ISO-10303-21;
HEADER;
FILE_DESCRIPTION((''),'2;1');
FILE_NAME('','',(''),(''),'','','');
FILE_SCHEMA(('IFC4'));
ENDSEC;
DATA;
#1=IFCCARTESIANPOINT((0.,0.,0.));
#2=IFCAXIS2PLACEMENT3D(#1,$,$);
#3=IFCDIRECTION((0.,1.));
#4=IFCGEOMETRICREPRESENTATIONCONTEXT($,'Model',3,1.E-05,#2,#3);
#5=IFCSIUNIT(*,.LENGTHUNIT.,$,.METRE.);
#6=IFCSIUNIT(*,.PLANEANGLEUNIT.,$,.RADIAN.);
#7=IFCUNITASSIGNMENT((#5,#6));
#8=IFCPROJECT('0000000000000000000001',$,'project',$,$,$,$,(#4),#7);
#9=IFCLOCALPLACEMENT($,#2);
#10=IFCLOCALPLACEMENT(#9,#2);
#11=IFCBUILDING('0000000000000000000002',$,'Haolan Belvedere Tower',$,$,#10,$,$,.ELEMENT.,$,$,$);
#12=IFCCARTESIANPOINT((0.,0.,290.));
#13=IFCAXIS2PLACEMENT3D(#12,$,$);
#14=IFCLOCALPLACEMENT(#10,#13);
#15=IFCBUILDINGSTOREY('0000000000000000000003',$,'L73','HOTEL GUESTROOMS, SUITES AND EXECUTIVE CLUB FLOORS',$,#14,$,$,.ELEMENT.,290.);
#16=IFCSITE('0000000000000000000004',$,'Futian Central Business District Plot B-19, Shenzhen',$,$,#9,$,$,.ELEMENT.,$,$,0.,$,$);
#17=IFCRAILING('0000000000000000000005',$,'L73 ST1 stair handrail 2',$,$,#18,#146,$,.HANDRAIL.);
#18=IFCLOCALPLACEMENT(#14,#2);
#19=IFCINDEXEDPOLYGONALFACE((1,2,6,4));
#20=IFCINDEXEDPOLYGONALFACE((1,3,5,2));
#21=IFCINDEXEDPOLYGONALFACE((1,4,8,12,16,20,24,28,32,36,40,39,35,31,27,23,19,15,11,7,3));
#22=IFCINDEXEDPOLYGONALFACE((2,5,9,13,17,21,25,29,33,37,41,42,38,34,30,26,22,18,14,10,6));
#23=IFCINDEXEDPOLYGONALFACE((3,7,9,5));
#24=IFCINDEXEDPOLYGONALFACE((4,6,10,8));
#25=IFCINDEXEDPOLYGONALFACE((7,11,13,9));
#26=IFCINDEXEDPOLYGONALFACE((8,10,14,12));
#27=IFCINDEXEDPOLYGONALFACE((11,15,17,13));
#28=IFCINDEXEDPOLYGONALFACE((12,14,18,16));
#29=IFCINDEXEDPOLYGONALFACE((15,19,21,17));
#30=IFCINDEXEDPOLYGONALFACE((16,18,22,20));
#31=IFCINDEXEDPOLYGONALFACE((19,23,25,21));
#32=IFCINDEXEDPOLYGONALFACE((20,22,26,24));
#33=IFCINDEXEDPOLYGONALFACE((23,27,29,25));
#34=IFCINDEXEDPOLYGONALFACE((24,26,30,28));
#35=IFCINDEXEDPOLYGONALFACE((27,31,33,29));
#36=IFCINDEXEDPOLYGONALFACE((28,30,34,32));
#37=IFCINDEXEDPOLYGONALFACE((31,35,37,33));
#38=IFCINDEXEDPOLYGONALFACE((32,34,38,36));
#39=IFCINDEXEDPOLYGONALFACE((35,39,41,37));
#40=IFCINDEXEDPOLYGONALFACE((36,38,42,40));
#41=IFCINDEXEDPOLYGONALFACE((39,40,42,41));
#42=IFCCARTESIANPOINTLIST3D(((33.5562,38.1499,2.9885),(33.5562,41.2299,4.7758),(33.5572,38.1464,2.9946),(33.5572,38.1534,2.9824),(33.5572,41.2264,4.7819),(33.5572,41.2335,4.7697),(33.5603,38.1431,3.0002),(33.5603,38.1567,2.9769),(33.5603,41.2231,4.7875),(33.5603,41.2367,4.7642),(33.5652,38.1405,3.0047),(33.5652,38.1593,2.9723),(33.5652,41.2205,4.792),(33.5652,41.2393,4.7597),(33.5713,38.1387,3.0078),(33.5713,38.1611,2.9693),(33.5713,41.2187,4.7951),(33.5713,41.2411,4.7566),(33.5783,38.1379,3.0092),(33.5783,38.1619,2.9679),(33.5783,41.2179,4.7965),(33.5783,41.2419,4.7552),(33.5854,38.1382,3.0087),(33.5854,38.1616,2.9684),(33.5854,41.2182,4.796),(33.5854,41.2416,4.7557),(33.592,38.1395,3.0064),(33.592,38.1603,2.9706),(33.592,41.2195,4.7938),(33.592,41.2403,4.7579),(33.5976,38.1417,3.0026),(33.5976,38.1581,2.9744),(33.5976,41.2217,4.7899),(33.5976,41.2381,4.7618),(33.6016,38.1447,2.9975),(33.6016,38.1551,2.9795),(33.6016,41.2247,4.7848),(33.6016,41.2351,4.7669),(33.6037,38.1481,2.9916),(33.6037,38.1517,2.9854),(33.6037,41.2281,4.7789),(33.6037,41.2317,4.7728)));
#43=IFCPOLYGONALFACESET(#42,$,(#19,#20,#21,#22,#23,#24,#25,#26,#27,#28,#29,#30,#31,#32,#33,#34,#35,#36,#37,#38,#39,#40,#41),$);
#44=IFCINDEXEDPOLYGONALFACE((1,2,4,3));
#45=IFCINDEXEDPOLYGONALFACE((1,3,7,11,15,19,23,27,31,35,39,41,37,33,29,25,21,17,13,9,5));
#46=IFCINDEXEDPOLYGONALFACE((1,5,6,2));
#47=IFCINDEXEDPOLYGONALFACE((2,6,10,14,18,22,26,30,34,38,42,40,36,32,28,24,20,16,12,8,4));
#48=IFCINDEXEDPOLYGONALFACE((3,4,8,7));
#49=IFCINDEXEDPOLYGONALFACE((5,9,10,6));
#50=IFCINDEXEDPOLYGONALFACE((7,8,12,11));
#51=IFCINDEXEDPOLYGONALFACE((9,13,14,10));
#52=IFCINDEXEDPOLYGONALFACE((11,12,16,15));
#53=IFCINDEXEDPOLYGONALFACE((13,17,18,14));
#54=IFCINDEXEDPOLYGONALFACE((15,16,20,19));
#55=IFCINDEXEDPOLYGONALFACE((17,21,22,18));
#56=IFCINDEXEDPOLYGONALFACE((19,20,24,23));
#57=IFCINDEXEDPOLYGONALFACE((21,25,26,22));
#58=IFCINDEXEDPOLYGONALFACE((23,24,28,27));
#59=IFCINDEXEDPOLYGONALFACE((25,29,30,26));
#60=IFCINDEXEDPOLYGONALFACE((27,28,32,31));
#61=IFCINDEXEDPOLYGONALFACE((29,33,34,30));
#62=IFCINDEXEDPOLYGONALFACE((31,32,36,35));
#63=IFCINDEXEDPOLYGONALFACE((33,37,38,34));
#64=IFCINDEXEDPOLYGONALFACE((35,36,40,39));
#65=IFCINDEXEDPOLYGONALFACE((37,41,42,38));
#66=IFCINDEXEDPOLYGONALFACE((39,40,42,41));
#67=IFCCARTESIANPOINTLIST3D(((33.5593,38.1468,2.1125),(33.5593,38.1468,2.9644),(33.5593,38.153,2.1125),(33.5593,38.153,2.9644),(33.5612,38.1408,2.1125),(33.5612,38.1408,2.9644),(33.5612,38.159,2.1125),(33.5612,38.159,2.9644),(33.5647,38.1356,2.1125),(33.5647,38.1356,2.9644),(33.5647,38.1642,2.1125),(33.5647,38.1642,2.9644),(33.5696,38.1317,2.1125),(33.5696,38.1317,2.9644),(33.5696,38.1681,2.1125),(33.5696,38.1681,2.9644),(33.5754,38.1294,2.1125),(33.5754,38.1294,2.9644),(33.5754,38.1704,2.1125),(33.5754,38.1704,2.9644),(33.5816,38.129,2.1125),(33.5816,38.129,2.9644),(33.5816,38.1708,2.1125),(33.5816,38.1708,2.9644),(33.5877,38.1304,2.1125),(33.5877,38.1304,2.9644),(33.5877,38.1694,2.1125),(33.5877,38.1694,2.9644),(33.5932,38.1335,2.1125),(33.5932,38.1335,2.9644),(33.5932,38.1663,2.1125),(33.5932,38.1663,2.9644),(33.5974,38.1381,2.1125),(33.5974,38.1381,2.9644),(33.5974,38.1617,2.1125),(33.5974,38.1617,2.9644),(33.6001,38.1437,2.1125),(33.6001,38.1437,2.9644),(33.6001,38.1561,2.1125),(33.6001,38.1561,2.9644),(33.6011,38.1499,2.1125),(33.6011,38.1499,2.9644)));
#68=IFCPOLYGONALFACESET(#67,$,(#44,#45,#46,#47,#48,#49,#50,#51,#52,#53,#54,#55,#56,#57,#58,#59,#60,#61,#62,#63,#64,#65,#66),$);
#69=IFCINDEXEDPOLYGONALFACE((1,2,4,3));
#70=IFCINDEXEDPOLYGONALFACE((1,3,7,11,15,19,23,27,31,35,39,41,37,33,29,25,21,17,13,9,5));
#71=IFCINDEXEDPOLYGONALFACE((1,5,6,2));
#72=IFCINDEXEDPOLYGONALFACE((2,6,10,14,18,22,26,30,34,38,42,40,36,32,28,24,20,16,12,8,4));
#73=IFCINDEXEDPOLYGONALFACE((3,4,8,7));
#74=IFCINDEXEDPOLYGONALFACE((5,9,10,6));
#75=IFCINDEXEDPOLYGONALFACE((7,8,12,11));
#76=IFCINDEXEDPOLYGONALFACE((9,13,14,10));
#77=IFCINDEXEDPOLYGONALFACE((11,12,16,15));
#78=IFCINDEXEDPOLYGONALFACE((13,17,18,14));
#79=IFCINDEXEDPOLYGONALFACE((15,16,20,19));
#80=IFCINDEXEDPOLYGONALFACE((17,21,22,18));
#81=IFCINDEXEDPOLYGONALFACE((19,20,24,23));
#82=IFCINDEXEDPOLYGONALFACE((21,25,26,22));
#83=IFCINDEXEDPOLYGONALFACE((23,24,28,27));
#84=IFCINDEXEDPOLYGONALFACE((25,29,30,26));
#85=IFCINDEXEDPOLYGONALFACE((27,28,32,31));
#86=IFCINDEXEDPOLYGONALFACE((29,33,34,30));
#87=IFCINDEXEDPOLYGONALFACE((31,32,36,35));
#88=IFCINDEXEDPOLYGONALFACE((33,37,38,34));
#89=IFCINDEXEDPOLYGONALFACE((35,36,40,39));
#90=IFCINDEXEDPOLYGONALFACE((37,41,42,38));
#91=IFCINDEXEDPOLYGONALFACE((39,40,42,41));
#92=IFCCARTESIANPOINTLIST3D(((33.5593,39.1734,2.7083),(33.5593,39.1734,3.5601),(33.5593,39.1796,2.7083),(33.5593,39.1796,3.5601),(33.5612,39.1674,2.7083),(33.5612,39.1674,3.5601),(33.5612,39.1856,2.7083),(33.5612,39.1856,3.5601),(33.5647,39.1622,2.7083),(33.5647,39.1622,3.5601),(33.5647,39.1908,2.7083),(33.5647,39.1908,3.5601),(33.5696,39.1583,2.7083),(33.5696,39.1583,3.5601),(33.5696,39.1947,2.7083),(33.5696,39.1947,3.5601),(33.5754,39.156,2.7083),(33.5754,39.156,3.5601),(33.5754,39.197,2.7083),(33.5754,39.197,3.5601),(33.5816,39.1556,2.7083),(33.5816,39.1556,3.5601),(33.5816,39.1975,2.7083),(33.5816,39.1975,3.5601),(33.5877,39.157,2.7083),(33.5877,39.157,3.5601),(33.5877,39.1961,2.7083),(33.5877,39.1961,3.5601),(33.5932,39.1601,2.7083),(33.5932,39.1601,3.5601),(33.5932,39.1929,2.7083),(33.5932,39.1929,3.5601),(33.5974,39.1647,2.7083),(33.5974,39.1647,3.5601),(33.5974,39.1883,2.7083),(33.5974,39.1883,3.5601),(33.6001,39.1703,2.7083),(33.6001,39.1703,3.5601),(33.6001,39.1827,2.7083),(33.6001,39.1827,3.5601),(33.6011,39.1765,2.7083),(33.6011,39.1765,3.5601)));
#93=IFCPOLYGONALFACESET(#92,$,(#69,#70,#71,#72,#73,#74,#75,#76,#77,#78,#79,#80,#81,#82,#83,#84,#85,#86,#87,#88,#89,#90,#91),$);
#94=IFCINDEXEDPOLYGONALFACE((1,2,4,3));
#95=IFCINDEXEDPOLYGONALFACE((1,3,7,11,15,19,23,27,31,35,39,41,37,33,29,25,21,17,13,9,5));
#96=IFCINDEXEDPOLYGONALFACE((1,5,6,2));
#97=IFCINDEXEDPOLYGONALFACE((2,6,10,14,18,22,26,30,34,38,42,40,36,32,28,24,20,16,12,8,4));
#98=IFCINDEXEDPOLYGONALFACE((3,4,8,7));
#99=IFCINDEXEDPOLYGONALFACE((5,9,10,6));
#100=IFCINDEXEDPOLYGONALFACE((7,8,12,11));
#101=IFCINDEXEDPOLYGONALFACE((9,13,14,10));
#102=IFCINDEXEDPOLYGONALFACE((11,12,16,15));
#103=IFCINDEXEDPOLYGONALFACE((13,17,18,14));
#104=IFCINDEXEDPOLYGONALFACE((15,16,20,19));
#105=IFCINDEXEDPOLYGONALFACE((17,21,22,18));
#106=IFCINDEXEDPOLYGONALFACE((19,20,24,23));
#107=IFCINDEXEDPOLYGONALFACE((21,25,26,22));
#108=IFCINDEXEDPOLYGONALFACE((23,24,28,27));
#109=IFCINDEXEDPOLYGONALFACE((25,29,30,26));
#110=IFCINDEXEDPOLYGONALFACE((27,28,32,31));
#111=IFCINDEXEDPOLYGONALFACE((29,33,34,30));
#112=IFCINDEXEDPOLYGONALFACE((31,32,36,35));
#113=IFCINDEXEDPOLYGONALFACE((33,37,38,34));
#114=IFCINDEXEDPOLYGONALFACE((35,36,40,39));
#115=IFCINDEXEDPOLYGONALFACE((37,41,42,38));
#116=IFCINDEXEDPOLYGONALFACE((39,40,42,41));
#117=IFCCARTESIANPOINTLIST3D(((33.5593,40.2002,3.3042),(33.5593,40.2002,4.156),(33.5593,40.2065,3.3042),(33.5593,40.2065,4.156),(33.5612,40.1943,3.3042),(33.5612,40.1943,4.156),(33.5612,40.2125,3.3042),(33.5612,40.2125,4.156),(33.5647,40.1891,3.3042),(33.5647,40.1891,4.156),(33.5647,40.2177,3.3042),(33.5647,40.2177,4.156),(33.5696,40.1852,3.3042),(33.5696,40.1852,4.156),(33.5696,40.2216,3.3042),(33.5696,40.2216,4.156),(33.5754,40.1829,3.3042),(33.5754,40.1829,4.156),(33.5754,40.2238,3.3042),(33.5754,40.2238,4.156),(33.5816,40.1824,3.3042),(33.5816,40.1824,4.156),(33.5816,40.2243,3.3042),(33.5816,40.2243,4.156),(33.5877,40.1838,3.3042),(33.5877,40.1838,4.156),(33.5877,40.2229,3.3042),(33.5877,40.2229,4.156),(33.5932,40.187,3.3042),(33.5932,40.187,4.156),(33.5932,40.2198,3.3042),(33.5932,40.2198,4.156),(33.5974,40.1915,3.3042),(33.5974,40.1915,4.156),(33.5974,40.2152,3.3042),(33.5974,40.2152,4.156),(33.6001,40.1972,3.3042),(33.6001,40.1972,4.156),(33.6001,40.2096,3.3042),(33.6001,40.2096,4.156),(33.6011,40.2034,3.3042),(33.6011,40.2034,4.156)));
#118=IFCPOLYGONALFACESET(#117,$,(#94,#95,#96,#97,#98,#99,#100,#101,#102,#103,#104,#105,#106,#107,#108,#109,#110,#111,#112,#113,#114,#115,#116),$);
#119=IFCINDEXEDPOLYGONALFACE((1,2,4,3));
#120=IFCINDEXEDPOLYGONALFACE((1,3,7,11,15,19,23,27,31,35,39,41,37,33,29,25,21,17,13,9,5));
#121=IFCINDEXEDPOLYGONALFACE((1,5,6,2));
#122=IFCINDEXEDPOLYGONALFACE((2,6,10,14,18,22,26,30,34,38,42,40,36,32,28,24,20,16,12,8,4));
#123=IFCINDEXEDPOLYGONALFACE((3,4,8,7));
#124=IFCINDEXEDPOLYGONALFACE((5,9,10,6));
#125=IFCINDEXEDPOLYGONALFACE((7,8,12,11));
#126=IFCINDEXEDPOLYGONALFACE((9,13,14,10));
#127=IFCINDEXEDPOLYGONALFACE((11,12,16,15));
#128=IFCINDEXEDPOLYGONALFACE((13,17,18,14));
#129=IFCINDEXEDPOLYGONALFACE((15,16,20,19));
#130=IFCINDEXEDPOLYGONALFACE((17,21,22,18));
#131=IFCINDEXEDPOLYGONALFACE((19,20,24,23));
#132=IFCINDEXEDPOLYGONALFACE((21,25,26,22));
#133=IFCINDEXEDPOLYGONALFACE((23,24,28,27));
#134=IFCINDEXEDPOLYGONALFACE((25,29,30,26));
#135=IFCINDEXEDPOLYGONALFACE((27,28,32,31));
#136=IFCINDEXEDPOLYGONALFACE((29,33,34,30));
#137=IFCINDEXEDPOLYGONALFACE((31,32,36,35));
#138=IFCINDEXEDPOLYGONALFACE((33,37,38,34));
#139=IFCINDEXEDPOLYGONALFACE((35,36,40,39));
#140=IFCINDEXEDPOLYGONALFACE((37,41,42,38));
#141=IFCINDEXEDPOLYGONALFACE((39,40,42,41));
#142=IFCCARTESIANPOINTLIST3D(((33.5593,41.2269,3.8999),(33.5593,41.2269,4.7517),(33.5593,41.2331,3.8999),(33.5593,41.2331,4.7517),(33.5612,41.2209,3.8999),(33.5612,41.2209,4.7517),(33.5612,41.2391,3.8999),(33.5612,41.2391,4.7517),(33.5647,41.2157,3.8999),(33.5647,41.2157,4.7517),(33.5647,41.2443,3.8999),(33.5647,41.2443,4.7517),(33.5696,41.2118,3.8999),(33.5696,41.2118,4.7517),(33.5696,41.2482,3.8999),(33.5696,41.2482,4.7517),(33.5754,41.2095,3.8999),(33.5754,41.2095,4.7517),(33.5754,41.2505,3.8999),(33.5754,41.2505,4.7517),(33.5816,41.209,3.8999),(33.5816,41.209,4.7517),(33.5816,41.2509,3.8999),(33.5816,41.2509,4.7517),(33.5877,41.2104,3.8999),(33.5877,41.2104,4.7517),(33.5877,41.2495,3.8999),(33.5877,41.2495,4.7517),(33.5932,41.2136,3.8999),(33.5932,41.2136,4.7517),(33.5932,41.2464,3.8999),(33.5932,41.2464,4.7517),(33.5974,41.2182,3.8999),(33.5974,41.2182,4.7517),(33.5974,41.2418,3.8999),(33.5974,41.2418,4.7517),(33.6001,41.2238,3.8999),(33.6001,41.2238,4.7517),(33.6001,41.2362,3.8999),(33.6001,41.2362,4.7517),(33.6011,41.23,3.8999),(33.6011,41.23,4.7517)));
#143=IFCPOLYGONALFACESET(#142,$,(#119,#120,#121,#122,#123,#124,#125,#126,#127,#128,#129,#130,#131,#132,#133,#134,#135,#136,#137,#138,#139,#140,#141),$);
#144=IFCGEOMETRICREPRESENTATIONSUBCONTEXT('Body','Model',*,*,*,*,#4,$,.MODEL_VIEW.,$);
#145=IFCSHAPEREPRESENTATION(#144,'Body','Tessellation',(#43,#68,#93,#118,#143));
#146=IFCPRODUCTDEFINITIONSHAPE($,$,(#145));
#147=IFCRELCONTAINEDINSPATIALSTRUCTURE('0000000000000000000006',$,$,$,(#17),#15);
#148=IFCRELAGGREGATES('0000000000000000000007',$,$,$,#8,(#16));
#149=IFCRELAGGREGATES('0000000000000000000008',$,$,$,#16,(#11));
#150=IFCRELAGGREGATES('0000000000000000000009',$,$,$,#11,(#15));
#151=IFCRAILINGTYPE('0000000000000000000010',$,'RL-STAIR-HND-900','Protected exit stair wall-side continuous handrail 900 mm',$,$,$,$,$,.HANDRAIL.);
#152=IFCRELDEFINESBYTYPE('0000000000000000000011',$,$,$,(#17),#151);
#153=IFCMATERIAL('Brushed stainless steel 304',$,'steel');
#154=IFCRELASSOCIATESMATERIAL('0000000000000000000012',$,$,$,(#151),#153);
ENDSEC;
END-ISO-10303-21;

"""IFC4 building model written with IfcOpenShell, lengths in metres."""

from ifc_helpers import new_model, si_unit, direction, frame, origin, origin_2d, place, context, subcontext, project, spatial, circle, extrude, material, type_object, element, save


model = new_model("IFC4")

# Units and contexts
model_context = context("Model", 3, precision=1e-05, world=origin(), true_north=direction((0.0, 1.0)))
body_context = subcontext(model_context, "Body", "Model", "MODEL_VIEW")
ifc_project = project(units=[si_unit("LENGTHUNIT", "METRE"), si_unit("PLANEANGLEUNIT", "RADIAN")], contexts=[model_context])

# Site, building, storey
site_placement = place(None, origin())
site = spatial("IfcSite", under=ifc_project, at=site_placement, Name="Futian Central Business District Plot B-19, Shenzhen", CompositionType="ELEMENT", RefElevation=0.0)
building_placement = place(site_placement, origin())
building = spatial("IfcBuilding", under=site, at=building_placement, Name="Haolan Belvedere Tower", CompositionType="ELEMENT")
storey_placement = place(building_placement, frame((0.0, 0.0, 290.0)))
storey = spatial("IfcBuildingStorey", under=building, at=storey_placement, Name="L73", Description="HOTEL GUESTROOMS, SUITES AND EXECUTIVE CLUB FLOORS", CompositionType="ELEMENT", Elevation=290.0)

# Railing
ifc_material_1 = material(Name="Brushed stainless steel 304", Category="steel")
railing_type_1 = type_object("IfcRailingType", Name="RL-STAIR-HND-900", Description="Protected exit stair wall-side continuous handrail 900 mm", PredefinedType="HANDRAIL", material=ifc_material_1)
railing_1_placement = place(storey_placement, frame((33.5801, 38.1499, 2.1125)))
element("IfcRailing", 1, at=railing_1_placement, inside=storey, type_object=railing_type_1, Name="L73 ST1 stair handrail 2", PredefinedType="HANDRAIL", context=body_context, shape_type="SweptSolid", body=[
    extrude(circle(Radius=0.0239, at=origin_2d()), frame((0.0, 0.0, 0.876), z_axis=(0.0, 0.86492, 0.501909), x_axis=(-1.0, 0.0, 0.0)), (0.0, 0.0, 1.0), 3.561),
    extrude(circle(Radius=0.021, at=origin_2d()), origin(), (0.0, 0.0, 1.0), 0.8518),
    extrude(circle(Radius=0.021, at=origin_2d()), frame((0.0, 1.0266, 0.5957)), (0.0, 0.0, 1.0), 0.8518),
    extrude(circle(Radius=0.021, at=origin_2d()), frame((0.0, 2.0535, 1.1917)), (0.0, 0.0, 1.0), 0.8518),
    extrude(circle(Radius=0.021, at=origin_2d()), frame((0.0, 3.0801, 1.7874)), (0.0, 0.0, 1.0), 0.8518),
])

save(model, "model.ifc")
